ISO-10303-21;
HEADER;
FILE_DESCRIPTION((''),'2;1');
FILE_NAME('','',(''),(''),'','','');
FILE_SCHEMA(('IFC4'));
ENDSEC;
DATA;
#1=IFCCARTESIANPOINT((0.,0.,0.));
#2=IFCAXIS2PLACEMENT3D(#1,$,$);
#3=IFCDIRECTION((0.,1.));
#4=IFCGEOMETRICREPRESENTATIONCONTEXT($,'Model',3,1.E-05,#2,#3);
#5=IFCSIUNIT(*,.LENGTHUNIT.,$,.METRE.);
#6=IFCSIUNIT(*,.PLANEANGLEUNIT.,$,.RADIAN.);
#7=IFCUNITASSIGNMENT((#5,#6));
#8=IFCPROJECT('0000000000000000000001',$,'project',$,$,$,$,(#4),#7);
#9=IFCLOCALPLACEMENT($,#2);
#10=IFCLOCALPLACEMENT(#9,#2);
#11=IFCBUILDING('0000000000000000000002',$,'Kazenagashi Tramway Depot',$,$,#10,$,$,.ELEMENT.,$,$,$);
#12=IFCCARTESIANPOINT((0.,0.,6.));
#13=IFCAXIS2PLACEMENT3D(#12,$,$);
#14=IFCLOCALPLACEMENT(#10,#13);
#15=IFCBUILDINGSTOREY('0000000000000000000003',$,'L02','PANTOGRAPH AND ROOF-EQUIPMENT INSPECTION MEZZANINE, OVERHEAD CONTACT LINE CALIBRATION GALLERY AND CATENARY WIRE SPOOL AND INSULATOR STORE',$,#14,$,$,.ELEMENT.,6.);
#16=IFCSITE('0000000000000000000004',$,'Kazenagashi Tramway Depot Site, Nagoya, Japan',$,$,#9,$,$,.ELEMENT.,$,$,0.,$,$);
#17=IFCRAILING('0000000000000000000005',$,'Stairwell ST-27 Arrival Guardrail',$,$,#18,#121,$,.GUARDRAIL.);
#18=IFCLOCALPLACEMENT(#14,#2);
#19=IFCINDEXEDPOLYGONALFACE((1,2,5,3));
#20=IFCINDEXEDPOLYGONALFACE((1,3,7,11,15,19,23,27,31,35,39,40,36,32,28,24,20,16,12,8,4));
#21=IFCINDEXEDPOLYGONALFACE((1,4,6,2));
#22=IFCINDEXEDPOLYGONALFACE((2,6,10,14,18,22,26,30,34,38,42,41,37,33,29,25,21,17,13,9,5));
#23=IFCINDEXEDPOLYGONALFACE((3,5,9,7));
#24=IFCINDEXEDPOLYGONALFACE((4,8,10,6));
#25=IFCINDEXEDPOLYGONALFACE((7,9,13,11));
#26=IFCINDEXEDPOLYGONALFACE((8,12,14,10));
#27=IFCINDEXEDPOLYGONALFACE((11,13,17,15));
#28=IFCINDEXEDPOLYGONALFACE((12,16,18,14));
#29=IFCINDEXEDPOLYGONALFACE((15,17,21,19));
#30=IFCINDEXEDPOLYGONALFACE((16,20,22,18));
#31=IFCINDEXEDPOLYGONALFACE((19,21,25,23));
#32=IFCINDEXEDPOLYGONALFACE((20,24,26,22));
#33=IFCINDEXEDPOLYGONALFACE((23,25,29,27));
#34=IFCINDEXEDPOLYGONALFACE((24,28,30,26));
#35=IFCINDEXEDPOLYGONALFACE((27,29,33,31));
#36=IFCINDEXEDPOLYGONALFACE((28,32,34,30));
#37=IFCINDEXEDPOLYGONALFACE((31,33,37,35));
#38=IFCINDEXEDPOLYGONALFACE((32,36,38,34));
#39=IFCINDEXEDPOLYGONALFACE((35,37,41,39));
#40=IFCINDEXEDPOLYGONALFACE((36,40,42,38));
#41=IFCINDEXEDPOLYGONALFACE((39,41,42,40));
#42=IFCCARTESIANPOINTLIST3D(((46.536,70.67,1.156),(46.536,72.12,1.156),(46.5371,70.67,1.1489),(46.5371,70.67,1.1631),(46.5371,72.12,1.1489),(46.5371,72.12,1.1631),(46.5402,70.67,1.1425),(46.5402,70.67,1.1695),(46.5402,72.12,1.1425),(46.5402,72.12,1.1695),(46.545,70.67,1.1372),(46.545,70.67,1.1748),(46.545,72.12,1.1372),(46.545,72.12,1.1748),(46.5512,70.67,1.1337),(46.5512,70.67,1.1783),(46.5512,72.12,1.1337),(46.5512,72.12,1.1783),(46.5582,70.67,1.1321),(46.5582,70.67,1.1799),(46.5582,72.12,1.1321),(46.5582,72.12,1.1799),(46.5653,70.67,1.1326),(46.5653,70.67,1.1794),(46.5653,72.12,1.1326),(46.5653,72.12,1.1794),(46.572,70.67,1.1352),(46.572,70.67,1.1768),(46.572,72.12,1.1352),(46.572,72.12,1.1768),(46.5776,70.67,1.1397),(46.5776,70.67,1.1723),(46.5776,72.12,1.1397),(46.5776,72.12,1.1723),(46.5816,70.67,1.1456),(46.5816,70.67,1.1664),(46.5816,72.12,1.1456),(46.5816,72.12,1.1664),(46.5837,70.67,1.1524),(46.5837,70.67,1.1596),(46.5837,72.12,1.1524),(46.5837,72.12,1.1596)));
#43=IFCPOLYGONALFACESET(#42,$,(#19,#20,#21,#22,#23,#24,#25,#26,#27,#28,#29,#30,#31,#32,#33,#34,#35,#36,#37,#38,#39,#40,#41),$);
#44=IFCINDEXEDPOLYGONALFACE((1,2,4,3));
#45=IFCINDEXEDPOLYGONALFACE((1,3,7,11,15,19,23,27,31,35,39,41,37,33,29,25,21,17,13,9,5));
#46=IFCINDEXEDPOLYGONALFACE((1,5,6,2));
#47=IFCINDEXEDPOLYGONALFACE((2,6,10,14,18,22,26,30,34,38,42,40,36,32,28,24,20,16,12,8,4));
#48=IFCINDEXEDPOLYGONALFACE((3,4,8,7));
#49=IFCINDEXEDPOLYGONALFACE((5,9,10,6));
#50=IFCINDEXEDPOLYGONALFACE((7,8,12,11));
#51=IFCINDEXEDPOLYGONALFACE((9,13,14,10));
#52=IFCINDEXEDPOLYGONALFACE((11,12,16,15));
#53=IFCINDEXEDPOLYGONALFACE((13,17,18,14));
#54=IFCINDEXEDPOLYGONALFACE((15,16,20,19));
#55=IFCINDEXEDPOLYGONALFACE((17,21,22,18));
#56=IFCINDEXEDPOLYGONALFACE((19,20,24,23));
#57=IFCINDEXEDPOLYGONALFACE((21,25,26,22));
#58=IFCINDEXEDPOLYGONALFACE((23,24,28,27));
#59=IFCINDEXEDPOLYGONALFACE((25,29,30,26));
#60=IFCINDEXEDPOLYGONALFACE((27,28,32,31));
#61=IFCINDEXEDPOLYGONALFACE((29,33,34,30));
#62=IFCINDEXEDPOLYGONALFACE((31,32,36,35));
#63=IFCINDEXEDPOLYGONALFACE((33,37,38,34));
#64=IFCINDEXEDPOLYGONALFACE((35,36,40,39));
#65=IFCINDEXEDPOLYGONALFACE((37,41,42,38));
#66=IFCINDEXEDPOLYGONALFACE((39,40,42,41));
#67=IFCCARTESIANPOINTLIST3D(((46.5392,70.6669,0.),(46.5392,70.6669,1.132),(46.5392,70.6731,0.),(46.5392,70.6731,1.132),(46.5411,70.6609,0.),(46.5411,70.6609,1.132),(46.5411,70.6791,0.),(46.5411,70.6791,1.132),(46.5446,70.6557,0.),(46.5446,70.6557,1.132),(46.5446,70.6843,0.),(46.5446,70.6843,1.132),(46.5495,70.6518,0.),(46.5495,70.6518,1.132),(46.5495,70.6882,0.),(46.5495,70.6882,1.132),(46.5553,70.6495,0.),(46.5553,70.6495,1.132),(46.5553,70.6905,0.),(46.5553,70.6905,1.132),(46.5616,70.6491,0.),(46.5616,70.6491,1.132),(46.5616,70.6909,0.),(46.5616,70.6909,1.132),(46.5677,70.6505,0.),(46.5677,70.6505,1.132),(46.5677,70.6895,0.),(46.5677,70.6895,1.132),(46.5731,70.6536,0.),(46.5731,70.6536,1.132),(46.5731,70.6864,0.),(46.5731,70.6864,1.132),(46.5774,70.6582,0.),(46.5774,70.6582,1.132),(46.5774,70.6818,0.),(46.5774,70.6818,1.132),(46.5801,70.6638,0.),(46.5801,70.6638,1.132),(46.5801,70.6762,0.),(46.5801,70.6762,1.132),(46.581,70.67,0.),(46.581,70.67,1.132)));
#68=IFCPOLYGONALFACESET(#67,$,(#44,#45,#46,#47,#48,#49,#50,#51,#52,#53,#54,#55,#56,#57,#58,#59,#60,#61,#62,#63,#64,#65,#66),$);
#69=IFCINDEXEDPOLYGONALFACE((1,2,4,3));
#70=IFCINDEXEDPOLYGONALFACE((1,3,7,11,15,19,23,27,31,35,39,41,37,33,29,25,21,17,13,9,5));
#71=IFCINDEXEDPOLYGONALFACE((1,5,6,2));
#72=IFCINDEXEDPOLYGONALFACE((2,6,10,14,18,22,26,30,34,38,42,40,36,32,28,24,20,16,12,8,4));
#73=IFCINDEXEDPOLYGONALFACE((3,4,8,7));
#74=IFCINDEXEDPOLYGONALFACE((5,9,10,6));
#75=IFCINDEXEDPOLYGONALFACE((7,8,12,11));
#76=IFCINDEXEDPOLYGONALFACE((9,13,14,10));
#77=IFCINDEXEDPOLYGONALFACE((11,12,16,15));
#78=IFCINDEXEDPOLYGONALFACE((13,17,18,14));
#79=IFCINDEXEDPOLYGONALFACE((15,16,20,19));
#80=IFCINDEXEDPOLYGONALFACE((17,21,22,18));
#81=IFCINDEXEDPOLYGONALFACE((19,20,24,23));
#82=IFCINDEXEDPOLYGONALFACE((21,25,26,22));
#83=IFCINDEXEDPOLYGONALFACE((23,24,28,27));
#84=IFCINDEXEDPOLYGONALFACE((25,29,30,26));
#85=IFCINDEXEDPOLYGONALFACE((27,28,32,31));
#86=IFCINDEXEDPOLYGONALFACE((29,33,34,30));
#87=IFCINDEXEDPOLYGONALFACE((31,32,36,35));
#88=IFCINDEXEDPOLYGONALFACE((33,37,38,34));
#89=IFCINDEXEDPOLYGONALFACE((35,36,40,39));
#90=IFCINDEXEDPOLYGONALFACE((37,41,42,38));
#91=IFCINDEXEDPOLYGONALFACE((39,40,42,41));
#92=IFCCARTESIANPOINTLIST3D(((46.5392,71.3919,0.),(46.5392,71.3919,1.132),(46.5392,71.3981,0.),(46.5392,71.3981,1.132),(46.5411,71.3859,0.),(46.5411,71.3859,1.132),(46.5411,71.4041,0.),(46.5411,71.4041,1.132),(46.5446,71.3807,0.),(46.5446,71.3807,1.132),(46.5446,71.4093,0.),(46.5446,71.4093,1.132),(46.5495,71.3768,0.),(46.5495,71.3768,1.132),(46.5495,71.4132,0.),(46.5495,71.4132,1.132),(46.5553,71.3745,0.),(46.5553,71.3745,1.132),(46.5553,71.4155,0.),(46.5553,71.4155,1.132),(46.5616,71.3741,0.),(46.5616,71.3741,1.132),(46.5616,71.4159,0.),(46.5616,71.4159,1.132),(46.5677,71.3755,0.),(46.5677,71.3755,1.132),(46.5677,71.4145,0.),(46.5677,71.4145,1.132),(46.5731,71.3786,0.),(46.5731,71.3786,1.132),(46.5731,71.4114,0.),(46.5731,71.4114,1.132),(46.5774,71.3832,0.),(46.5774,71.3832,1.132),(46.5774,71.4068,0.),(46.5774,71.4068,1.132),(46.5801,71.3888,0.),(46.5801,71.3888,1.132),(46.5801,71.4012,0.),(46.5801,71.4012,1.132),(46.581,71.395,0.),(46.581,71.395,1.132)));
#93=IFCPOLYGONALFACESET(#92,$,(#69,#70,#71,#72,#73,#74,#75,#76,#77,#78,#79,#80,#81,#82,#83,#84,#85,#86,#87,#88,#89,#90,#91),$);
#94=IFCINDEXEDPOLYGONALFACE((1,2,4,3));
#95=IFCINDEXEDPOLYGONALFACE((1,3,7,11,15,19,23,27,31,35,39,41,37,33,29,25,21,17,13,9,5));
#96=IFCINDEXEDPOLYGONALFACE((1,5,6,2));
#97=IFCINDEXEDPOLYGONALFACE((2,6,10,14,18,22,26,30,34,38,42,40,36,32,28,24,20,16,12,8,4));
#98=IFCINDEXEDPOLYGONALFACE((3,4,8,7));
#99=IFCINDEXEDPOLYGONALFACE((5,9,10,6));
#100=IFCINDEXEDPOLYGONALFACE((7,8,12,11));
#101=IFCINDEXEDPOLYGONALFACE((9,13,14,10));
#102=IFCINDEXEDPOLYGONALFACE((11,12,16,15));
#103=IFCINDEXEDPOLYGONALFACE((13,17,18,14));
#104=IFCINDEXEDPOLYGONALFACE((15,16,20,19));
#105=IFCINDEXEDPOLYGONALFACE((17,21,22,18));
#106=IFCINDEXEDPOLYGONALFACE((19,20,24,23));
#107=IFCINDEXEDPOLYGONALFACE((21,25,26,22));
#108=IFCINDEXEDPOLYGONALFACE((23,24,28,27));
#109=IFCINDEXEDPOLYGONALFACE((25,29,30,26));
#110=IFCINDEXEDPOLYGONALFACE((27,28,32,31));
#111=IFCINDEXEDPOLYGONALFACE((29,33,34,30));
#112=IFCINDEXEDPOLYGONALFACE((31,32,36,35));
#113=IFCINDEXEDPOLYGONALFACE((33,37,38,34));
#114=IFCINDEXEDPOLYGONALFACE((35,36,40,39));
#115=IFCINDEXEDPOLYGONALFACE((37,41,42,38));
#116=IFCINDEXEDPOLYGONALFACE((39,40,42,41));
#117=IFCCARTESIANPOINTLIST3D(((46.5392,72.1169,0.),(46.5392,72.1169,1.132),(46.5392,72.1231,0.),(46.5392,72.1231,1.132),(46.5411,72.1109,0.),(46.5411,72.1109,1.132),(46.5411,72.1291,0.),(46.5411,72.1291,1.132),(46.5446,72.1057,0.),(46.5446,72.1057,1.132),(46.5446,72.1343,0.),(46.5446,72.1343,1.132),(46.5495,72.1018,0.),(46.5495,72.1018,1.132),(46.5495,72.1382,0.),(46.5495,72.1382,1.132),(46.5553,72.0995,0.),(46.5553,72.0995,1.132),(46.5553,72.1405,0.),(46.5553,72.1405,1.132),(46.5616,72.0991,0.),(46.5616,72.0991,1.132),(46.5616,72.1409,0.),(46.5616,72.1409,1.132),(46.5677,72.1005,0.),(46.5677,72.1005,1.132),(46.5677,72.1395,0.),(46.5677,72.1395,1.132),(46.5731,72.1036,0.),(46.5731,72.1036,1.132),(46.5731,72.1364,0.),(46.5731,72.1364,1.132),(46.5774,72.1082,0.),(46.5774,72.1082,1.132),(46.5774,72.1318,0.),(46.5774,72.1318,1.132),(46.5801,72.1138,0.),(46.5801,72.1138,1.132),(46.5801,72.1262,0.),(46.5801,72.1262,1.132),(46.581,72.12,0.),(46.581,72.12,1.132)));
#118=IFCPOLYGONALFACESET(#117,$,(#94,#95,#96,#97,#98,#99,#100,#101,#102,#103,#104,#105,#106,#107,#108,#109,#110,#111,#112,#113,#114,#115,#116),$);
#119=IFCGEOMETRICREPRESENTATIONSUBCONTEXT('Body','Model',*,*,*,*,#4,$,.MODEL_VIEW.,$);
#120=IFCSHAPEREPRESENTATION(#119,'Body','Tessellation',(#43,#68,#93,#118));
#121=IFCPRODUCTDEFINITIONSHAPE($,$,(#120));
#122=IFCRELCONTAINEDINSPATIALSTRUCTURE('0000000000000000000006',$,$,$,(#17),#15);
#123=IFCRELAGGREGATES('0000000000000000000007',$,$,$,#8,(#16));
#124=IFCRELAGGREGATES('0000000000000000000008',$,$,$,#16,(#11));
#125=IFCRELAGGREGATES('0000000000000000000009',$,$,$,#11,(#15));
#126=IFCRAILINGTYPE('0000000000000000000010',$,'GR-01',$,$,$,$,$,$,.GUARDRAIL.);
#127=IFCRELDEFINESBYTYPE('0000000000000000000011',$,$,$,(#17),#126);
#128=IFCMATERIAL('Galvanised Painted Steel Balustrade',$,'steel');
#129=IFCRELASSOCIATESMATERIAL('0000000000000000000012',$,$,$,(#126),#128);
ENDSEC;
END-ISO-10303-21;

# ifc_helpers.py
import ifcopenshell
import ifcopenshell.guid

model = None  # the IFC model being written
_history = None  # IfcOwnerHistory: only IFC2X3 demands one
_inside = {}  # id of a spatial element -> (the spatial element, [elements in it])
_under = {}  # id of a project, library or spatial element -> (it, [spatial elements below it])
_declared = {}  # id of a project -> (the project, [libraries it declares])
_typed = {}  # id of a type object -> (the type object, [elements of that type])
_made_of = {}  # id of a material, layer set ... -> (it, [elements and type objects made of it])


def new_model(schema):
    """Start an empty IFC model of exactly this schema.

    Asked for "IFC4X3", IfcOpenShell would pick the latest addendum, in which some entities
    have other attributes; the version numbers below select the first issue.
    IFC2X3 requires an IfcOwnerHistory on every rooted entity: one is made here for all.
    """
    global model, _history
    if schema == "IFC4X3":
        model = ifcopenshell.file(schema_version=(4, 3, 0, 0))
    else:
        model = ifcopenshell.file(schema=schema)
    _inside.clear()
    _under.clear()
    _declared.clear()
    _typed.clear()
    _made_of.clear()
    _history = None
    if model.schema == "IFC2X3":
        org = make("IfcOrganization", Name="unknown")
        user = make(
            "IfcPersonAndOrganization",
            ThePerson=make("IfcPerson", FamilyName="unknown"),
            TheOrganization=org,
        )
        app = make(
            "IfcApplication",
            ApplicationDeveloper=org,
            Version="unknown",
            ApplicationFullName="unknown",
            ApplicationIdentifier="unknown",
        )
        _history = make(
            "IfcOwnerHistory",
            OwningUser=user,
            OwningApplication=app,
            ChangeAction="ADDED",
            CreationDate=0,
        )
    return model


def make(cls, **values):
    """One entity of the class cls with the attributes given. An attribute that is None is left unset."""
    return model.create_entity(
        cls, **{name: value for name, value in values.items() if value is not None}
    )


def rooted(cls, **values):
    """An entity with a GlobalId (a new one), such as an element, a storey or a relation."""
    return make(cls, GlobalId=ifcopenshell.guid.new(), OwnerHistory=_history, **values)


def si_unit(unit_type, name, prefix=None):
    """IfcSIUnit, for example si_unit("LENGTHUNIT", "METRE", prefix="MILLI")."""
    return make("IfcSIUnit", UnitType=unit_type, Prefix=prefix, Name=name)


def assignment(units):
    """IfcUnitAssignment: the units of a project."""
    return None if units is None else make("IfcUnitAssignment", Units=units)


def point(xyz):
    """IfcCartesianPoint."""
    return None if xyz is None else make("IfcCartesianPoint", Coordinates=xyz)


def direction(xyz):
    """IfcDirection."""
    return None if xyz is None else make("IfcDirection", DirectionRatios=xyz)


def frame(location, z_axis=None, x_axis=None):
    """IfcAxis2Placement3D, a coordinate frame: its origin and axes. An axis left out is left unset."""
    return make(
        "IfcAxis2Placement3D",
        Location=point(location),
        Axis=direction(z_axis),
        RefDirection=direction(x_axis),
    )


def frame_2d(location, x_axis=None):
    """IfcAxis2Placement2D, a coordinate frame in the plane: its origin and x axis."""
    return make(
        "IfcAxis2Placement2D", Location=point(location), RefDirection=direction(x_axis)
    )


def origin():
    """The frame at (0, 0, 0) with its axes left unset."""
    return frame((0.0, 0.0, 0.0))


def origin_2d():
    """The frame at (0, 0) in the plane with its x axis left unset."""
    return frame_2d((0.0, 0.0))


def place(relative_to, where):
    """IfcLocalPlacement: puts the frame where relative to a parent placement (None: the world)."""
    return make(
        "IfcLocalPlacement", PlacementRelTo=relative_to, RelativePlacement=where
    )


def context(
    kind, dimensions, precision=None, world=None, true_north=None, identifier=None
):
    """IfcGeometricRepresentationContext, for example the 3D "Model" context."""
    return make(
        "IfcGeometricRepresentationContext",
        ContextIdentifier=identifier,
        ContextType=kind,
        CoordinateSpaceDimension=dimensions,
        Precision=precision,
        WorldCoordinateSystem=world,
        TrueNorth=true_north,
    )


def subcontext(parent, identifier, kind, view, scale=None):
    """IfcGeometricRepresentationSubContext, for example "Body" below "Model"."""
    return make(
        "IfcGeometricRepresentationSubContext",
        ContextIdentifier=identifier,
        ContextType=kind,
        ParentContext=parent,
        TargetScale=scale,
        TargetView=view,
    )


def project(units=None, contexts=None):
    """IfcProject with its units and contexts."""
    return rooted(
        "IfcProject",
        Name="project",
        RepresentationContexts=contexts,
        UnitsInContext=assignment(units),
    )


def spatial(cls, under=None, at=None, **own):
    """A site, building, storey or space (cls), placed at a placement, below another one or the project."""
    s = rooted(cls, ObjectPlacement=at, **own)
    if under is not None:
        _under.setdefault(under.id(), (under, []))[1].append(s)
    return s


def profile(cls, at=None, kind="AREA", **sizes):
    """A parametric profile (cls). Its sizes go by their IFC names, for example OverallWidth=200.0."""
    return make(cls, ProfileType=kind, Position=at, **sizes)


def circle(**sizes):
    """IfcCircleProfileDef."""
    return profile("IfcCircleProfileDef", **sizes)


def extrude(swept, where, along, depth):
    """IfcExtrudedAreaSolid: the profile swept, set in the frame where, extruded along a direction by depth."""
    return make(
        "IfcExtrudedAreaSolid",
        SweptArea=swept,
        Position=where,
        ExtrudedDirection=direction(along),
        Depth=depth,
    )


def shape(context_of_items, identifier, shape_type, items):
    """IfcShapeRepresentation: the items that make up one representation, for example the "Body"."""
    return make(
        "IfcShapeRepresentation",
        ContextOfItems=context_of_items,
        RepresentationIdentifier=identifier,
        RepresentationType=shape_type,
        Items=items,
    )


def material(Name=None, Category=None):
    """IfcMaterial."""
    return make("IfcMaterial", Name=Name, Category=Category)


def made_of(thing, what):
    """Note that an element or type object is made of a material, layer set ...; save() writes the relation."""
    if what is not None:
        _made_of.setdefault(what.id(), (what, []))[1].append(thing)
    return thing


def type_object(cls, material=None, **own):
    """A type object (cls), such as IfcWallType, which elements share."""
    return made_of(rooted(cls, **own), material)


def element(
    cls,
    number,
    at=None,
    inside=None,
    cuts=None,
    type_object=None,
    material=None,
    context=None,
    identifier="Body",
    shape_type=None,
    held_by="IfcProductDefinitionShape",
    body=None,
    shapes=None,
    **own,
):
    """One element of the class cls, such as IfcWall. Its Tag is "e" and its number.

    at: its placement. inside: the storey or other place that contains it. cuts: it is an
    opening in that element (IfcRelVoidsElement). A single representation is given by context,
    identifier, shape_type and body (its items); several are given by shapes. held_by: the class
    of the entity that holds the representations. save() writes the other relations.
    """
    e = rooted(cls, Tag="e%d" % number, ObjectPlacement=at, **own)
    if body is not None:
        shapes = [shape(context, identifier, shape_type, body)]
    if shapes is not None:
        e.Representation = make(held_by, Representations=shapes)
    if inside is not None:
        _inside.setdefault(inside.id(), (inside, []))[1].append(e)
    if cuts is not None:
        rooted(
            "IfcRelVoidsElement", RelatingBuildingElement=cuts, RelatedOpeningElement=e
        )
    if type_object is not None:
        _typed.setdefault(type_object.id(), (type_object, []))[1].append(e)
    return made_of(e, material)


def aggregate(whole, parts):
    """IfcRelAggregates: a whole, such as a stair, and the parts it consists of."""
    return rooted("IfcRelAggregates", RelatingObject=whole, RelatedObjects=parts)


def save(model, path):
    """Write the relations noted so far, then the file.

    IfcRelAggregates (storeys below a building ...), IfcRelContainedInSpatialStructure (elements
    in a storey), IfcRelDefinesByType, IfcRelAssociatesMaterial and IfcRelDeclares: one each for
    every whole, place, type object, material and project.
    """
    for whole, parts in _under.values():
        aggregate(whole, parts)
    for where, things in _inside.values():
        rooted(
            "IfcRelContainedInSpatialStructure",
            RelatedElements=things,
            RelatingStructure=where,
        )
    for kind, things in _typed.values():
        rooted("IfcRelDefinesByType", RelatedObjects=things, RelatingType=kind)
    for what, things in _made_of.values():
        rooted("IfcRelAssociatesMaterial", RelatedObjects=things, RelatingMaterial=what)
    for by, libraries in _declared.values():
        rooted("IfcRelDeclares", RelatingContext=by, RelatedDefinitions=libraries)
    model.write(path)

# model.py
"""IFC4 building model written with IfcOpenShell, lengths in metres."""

from ifc_helpers import new_model, si_unit, direction, frame, origin, origin_2d, place, context, subcontext, project, spatial, circle, extrude, material, type_object, element, save


model = new_model("IFC4")

# Units and contexts
model_context = context("Model", 3, precision=1e-05, world=origin(), true_north=direction((0.0, 1.0)))
body_context = subcontext(model_context, "Body", "Model", "MODEL_VIEW")
ifc_project = project(units=[si_unit("LENGTHUNIT", "METRE"), si_unit("PLANEANGLEUNIT", "RADIAN")], contexts=[model_context])

# Site, building, storey
site_placement = place(None, origin())
site = spatial("IfcSite", under=ifc_project, at=site_placement, Name="Kazenagashi Tramway Depot Site, Nagoya, Japan", CompositionType="ELEMENT", RefElevation=0.0)
building_placement = place(site_placement, origin())
building = spatial("IfcBuilding", under=site, at=building_placement, Name="Kazenagashi Tramway Depot", CompositionType="ELEMENT")
storey_placement = place(building_placement, frame((0.0, 0.0, 6.0)))
storey = spatial("IfcBuildingStorey", under=building, at=storey_placement, Name="L02", Description="PANTOGRAPH AND ROOF-EQUIPMENT INSPECTION MEZZANINE, OVERHEAD CONTACT LINE CALIBRATION GALLERY AND CATENARY WIRE SPOOL AND INSULATOR STORE", CompositionType="ELEMENT", Elevation=6.0)

# Railing
ifc_material_1 = material(Name="Galvanised Painted Steel Balustrade", Category="steel")
railing_type = type_object("IfcRailingType", Name="GR-01", PredefinedType="GUARDRAIL", material=ifc_material_1)
railing_placement = place(storey_placement, frame((46.56, 70.67, 0.0)))
element("IfcRailing", 1, at=railing_placement, inside=storey, type_object=railing_type, Name="Stairwell ST-27 Arrival Guardrail", PredefinedType="GUARDRAIL", context=body_context, shape_type="SweptSolid", body=[
    extrude(circle(Radius=0.024, at=origin_2d()), frame((0.0, 0.0, 1.156), z_axis=(0.0, 1.0, 0.0), x_axis=(-1.0, 0.0, 0.0)), (0.0, 0.0, 1.0), 1.45),
    extrude(circle(Radius=0.021, at=origin_2d()), origin(), (0.0, 0.0, 1.0), 1.132),
    extrude(circle(Radius=0.021, at=origin_2d()), frame((0.0, 0.725, 0.0)), (0.0, 0.0, 1.0), 1.132),
    extrude(circle(Radius=0.021, at=origin_2d()), frame((0.0, 1.45, 0.0)), (0.0, 0.0, 1.0), 1.132),
])

save(model, "model.ifc")
